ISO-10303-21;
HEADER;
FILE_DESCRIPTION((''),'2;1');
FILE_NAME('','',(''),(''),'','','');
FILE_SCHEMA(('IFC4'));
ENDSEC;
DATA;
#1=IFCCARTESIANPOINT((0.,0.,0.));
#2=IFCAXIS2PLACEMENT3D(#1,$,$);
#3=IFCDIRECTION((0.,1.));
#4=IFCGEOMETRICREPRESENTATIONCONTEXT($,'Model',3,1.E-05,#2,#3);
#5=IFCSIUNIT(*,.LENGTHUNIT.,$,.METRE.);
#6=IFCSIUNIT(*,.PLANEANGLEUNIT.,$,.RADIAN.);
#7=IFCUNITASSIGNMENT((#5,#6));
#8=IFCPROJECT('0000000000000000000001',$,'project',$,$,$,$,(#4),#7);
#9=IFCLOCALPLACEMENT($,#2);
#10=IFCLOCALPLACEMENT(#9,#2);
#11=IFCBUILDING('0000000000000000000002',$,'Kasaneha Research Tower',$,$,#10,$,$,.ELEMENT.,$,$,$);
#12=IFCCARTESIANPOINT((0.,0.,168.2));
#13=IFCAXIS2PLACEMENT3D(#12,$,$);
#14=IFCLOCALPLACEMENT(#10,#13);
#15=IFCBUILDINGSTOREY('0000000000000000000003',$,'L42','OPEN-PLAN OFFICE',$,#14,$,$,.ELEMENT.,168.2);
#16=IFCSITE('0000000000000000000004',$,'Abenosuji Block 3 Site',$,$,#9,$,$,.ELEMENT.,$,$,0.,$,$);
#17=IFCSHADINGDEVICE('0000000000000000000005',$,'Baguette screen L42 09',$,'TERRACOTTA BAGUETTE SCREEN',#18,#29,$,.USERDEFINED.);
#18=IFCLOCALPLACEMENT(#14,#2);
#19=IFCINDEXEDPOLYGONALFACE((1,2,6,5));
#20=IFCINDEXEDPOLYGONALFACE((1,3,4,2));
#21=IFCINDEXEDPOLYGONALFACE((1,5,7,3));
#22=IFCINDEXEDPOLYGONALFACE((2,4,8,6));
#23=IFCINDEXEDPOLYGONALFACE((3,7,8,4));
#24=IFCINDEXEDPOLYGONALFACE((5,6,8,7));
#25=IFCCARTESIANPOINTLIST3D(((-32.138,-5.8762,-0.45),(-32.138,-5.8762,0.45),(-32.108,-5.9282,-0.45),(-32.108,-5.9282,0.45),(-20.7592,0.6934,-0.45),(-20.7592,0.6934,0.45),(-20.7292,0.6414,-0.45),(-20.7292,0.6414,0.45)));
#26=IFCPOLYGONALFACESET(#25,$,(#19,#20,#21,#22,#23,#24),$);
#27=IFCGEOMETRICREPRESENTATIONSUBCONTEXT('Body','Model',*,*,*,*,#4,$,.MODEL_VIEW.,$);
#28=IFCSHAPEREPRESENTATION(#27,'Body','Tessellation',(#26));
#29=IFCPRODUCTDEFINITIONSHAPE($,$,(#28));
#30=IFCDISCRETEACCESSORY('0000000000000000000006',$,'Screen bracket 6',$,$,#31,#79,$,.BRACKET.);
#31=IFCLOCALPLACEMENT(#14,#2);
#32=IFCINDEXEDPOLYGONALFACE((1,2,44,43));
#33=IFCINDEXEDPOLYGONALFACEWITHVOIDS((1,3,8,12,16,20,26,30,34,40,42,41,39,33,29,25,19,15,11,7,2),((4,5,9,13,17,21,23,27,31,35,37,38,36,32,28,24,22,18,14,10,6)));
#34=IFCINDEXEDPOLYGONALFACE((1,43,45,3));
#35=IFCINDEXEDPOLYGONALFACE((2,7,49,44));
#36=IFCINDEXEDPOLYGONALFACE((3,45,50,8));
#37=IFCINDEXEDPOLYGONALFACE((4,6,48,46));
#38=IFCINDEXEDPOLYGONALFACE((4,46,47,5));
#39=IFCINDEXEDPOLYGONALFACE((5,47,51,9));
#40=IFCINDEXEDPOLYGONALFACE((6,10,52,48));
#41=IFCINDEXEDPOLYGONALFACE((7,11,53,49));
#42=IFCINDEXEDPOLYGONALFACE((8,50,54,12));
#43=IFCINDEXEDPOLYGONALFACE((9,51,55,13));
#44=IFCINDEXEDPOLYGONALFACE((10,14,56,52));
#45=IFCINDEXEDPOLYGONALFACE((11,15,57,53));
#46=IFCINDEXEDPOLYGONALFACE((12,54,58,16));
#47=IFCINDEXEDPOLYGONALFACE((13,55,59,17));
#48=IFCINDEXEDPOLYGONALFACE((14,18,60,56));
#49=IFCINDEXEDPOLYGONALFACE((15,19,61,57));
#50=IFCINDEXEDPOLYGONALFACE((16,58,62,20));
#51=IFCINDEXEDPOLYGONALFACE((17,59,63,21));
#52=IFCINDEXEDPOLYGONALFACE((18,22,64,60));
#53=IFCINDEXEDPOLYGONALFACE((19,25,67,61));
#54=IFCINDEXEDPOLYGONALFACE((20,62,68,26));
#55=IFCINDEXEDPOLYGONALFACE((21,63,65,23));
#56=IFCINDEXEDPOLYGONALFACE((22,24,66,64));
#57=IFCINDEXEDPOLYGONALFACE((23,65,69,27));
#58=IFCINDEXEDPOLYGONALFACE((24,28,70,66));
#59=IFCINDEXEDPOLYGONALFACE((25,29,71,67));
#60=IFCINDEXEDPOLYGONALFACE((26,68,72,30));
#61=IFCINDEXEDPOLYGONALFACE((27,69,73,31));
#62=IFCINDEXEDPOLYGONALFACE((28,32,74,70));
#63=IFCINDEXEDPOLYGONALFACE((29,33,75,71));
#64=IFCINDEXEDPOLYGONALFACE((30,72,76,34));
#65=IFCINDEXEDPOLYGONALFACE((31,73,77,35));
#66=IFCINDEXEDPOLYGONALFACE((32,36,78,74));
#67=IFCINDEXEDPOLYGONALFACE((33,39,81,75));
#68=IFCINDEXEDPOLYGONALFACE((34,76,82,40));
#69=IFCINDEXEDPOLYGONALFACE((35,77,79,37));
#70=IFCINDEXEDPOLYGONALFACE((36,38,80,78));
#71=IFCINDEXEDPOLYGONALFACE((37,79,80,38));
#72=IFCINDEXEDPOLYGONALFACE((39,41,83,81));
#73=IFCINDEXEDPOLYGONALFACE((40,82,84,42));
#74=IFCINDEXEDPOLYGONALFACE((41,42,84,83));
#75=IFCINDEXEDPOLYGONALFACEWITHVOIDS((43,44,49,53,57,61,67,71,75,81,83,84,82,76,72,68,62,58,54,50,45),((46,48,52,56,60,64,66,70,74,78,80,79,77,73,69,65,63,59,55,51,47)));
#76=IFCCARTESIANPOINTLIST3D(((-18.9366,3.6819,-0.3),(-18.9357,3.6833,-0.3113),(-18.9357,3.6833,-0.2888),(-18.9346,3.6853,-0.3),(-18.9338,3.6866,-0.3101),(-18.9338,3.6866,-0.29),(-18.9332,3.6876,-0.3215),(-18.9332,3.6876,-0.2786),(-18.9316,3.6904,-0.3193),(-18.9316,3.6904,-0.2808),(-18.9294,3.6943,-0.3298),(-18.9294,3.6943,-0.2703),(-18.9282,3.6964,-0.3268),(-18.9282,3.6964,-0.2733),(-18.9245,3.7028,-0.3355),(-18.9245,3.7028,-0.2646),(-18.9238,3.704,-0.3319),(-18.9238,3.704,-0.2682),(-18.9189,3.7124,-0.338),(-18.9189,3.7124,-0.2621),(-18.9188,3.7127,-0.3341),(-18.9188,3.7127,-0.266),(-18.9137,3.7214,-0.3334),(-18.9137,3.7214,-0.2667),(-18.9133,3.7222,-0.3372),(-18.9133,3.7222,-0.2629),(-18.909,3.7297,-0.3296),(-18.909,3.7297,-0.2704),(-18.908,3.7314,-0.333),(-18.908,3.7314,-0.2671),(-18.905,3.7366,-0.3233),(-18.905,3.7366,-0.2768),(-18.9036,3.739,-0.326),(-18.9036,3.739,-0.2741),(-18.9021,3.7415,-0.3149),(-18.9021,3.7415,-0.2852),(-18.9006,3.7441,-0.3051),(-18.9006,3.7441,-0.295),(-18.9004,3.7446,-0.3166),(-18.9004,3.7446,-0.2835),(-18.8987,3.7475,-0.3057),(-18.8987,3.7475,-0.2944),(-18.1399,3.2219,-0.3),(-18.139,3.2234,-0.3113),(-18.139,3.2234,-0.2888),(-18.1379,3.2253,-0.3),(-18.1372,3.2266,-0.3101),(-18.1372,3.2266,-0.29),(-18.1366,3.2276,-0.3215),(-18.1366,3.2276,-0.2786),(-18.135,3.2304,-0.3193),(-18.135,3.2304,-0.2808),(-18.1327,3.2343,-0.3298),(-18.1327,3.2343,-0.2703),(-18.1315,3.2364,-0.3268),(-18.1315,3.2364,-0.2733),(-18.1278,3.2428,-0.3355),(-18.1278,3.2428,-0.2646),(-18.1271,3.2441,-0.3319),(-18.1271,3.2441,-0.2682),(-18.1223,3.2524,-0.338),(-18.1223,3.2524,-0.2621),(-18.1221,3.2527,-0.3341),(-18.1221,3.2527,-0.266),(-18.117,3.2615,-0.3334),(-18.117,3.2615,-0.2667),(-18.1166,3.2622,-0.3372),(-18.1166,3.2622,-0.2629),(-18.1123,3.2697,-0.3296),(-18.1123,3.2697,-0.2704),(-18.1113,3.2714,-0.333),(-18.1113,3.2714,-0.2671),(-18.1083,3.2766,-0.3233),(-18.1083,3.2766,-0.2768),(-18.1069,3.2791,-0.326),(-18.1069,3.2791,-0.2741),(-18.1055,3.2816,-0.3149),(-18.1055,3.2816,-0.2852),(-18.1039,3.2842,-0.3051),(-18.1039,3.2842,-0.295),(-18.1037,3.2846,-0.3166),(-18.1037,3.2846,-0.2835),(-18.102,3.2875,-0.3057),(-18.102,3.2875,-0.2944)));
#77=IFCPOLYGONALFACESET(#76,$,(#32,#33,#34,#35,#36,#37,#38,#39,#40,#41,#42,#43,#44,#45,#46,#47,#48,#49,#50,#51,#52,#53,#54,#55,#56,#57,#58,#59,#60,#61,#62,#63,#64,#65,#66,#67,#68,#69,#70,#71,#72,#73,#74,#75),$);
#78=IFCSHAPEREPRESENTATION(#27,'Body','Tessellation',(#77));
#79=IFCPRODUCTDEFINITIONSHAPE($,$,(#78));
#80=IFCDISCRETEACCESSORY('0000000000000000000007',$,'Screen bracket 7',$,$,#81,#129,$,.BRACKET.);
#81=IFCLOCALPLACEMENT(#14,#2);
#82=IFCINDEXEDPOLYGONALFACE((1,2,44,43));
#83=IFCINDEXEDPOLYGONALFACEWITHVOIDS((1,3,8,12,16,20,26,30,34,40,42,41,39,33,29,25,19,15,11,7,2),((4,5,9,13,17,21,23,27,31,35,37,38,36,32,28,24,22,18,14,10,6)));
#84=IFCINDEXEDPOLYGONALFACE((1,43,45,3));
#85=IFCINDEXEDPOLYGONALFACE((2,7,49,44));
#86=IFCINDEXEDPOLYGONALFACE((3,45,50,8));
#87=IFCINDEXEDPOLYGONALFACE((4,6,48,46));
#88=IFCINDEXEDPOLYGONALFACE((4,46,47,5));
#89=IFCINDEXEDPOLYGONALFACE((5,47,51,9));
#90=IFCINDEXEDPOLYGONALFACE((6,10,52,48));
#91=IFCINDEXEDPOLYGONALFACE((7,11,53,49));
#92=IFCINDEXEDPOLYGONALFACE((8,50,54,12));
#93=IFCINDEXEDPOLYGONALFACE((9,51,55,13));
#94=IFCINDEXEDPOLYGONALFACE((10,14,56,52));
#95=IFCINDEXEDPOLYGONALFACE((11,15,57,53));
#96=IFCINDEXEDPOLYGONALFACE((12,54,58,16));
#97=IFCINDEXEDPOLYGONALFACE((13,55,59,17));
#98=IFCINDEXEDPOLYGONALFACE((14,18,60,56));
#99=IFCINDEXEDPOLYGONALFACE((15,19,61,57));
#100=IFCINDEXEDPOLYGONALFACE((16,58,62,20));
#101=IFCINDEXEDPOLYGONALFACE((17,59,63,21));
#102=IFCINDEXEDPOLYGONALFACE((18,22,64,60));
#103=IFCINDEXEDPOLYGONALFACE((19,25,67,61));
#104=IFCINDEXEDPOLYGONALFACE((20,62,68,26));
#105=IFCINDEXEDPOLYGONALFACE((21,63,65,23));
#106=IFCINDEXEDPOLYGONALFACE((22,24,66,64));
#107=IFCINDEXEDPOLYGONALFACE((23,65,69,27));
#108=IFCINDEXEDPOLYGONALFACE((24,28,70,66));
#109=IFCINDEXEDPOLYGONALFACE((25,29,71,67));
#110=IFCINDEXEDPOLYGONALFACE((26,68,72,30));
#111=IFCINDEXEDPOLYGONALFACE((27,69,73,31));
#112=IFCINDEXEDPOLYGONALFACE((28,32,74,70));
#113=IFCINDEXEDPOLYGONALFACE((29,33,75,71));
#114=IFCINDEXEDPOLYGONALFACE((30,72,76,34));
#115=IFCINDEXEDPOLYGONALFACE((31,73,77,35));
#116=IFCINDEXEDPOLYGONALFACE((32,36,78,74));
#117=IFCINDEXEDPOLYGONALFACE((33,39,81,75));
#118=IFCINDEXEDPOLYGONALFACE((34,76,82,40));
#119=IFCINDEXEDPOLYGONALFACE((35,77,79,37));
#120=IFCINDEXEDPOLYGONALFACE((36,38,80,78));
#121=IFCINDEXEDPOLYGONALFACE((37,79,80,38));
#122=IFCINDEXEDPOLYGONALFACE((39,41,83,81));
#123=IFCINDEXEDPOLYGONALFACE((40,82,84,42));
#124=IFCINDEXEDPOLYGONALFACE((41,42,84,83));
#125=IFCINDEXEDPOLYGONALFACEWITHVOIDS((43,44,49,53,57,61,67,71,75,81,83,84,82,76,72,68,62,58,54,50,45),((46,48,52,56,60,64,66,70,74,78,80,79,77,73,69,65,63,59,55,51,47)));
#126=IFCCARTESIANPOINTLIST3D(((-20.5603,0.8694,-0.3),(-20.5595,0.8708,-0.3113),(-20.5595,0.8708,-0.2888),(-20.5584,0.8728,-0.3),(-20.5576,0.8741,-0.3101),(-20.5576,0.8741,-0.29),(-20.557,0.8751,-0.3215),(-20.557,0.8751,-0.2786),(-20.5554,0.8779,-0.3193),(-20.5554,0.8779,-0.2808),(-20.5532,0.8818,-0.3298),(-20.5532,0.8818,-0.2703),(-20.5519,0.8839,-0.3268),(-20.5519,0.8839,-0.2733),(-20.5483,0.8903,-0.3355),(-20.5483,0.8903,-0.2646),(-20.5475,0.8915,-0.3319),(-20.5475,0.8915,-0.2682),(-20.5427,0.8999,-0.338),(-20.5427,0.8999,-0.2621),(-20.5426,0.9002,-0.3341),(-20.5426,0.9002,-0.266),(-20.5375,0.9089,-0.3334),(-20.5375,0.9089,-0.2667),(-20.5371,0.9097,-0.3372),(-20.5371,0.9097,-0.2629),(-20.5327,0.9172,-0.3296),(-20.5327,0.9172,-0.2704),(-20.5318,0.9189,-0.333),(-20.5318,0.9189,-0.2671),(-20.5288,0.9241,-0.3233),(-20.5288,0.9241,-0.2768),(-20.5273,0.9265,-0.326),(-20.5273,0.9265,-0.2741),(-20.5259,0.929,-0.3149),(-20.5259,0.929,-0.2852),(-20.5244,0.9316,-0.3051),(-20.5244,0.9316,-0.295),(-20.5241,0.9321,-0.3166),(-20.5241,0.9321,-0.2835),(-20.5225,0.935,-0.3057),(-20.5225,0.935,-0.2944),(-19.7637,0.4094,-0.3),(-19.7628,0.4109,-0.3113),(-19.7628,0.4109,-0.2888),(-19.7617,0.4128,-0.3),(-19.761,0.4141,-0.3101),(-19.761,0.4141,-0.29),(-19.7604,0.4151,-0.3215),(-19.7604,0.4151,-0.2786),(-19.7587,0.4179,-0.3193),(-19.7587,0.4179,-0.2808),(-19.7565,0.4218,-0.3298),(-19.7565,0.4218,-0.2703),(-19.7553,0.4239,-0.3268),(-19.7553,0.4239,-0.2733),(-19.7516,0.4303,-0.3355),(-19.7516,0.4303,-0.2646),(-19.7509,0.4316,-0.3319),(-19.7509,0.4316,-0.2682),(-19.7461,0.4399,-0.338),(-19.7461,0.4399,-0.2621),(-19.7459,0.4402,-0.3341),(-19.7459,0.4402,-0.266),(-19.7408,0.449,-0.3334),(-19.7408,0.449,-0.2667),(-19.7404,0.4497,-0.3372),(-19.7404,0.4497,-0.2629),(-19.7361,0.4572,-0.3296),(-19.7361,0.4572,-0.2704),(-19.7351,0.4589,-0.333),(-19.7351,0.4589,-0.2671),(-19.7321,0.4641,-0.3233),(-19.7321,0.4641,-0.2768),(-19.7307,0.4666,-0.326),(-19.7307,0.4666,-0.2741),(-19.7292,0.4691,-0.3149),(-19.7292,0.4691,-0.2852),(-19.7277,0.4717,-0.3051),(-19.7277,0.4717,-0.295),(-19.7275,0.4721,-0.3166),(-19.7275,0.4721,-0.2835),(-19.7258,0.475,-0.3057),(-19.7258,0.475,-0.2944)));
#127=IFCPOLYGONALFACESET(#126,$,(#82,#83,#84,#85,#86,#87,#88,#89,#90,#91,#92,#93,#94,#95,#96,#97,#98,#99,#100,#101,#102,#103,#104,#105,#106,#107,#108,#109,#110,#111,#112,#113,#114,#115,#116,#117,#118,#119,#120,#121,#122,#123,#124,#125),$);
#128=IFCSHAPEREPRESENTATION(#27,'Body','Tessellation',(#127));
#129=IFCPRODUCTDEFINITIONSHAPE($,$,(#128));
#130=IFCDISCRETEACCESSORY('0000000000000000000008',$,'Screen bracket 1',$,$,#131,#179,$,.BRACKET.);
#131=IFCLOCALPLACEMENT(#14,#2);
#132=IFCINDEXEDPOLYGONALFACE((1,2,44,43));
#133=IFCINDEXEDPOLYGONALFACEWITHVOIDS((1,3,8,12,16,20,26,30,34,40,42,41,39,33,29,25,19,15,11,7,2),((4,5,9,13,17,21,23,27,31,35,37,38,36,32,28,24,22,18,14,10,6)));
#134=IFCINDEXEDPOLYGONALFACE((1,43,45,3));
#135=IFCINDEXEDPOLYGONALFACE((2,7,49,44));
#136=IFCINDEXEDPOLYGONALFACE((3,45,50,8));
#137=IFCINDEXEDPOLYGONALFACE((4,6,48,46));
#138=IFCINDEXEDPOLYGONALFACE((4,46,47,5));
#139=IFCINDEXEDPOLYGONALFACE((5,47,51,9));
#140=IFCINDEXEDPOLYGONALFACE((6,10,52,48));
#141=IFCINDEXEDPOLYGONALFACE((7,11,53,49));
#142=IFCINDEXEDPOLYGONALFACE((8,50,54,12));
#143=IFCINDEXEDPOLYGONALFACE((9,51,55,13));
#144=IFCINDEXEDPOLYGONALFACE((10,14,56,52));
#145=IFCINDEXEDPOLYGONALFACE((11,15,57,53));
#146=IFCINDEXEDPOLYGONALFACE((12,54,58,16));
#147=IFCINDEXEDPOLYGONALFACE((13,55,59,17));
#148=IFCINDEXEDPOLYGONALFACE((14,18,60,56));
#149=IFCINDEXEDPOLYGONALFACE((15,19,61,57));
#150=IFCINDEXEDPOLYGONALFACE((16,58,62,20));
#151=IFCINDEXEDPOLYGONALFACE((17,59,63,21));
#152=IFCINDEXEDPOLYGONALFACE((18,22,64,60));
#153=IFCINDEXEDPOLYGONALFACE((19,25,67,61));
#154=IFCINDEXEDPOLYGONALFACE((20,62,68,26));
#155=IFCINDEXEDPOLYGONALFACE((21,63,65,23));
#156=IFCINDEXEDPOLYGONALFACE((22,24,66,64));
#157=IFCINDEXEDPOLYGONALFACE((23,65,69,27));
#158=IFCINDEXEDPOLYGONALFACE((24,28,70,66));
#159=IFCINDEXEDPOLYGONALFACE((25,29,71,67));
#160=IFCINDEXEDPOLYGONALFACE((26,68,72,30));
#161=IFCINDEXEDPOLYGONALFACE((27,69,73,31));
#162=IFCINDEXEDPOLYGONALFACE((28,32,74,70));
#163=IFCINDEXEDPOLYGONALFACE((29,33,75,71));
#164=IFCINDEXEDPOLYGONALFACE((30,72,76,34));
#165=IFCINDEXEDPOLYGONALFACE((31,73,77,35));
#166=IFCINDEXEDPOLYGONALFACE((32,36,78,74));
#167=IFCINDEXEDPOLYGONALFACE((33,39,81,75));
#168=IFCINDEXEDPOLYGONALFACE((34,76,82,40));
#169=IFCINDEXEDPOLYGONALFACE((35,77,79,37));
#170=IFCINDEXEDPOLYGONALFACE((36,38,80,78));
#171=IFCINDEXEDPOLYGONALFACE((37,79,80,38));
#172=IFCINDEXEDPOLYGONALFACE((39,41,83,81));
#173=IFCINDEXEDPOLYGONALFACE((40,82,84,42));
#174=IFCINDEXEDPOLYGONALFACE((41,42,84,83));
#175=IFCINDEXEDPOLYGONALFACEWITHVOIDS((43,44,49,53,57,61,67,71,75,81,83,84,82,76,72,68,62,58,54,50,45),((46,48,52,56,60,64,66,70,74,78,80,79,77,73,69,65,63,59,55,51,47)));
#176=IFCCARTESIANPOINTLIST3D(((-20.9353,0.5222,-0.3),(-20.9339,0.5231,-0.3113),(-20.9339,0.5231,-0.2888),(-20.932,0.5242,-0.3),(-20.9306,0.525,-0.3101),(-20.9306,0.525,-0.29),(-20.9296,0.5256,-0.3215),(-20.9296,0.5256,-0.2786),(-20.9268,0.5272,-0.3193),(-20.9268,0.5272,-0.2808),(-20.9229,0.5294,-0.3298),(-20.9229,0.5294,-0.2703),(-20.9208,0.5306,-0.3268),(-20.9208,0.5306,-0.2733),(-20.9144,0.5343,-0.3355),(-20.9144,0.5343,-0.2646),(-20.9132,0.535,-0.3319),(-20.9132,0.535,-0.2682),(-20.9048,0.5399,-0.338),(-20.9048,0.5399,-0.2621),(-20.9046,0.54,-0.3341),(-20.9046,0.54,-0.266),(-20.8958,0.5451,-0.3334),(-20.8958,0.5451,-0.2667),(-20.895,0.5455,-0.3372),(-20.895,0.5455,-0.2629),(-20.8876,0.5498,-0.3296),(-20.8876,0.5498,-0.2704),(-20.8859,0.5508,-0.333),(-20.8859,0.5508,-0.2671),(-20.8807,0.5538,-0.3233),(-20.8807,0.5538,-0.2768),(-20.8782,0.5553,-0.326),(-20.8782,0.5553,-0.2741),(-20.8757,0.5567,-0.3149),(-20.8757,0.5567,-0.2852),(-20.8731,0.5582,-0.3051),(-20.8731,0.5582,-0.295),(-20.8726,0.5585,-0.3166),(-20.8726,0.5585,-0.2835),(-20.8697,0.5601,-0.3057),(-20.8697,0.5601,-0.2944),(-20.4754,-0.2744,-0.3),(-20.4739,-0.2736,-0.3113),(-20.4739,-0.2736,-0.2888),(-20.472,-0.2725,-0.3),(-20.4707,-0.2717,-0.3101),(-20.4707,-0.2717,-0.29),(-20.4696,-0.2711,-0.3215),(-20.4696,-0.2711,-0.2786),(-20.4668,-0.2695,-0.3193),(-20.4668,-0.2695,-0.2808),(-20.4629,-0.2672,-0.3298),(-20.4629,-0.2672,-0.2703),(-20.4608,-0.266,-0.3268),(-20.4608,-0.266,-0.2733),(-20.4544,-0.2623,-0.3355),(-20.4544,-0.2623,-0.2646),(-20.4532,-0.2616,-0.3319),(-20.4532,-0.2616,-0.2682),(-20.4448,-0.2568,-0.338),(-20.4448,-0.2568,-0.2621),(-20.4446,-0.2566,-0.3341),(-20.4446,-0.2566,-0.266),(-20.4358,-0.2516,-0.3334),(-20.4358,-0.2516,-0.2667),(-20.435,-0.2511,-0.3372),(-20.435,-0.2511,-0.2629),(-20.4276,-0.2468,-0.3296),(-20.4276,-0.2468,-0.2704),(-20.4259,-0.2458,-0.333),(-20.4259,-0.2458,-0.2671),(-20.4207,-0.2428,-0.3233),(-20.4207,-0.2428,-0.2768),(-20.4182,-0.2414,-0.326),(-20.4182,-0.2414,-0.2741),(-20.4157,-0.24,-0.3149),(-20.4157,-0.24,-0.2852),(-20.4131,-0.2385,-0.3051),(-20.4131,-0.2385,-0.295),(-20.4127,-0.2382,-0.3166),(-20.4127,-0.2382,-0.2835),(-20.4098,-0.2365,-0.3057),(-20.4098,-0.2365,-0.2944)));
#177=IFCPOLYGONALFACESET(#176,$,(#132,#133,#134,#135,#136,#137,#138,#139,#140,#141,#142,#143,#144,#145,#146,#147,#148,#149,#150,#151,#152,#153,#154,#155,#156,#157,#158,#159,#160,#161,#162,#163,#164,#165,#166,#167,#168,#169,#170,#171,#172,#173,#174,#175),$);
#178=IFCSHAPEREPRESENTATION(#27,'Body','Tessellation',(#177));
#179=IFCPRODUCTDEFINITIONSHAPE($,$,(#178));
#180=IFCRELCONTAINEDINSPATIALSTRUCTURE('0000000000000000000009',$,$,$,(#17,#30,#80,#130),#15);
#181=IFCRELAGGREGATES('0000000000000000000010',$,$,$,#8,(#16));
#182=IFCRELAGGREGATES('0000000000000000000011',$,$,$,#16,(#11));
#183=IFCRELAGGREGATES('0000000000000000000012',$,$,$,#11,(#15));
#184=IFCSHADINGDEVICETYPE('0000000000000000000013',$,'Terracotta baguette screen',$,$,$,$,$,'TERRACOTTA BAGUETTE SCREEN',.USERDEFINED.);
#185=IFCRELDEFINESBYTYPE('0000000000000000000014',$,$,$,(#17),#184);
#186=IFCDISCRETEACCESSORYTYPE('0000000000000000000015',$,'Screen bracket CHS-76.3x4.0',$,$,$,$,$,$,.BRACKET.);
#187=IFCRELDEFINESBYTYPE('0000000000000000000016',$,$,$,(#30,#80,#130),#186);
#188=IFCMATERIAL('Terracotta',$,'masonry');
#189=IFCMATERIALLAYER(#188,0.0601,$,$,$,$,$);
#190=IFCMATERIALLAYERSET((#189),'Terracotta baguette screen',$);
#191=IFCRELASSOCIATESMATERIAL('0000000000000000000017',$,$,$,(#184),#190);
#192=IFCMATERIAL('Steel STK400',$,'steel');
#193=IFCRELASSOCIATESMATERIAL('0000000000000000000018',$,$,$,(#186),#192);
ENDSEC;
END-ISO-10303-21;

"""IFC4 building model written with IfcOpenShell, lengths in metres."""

from ifc_helpers import new_model, si_unit, direction, frame, origin, origin_2d, place, context, subcontext, project, spatial, rectangle, hollow_circle, extrude, material, layer, layer_set, material_profile, profile_set, type_object, element, save


model = new_model("IFC4")

# Units and contexts
model_context = context("Model", 3, precision=1e-05, world=origin(), true_north=direction((0.0, 1.0)))
body_context = subcontext(model_context, "Body", "Model", "MODEL_VIEW")
ifc_project = project(units=[si_unit("LENGTHUNIT", "METRE"), si_unit("PLANEANGLEUNIT", "RADIAN")], contexts=[model_context])

# Site, building, storey
site_placement = place(None, origin())
site = spatial("IfcSite", under=ifc_project, at=site_placement, Name="Abenosuji Block 3 Site", CompositionType="ELEMENT", RefElevation=0.0)
building_placement = place(site_placement, origin())
building = spatial("IfcBuilding", under=site, at=building_placement, Name="Kasaneha Research Tower", CompositionType="ELEMENT")
storey_placement = place(building_placement, frame((0.0, 0.0, 168.2)))
storey = spatial("IfcBuildingStorey", under=building, at=storey_placement, Name="L42", Description="OPEN-PLAN OFFICE", CompositionType="ELEMENT", Elevation=168.2)

# Shading device
ifc_material_1 = material(Name="Terracotta", Category="masonry")
ifc_layer_1 = layer(ifc_material_1, 0.0601)
ifc_layer_set_1 = layer_set([ifc_layer_1], Name="Terracotta baguette screen")
shading_device_type = type_object("IfcShadingDeviceType", Name="Terracotta baguette screen", ElementType="TERRACOTTA BAGUETTE SCREEN", PredefinedType="USERDEFINED", material=ifc_layer_set_1)
shading_device_placement = place(storey_placement, frame((-26.4336, -2.6174, -0.45), z_axis=(0.0, 0.0, 1.0), x_axis=(-0.866025, -0.5, 0.0)))
element("IfcShadingDevice", 1, at=shading_device_placement, inside=storey, type_object=shading_device_type, Name="Baguette screen L42 09", ObjectType="TERRACOTTA BAGUETTE SCREEN", PredefinedType="USERDEFINED", context=body_context, shape_type="SweptSolid", body=[
    extrude(rectangle(XDim=13.1392, YDim=0.0601, at=origin_2d()), origin(), (0.0, 0.0, 1.0), 0.8999),
])

# Discrete accessories
ifc_material_2 = material(Name="Steel STK400", Category="steel")
ifc_material_profile_1 = material_profile(ifc_material_2, hollow_circle(Radius=0.0381, WallThickness=0.0039, at=origin_2d()), Name="CHS-76.3x4.0")
ifc_profile_set_1 = profile_set([ifc_material_profile_1], Name="Steel STK400")
discrete_accessory_type = type_object("IfcDiscreteAccessoryType", Name="Screen bracket CHS-76.3x4.0", PredefinedType="BRACKET", material=ifc_profile_set_1)
for number, where, z_axis, x_axis, name in (
    (2, (-18.1208, 3.2549, -0.3), (-0.866013, 0.500021, 0.0), (-0.500021, -0.866013, 0.0), "Screen bracket 6"),
    (3, (-19.7446, 0.4424, -0.3), (-0.866013, 0.500021, 0.0), (-0.500021, -0.866013, 0.0), "Screen bracket 7"),
    (4, (-20.4424, -0.2554, -0.3), (-0.500021, 0.866013, 0.0), (-0.866013, -0.500021, 0.0), "Screen bracket 1"),
):
    element("IfcDiscreteAccessory", number, at=place(storey_placement, frame(where, z_axis=z_axis, x_axis=x_axis)), inside=storey, type_object=discrete_accessory_type, Name=name, PredefinedType="BRACKET", context=body_context, shape_type="SweptSolid", body=[
        extrude(hollow_circle(Radius=0.0381, WallThickness=0.0039, at=origin_2d()), origin(), (0.0, 0.0, 1.0), 0.9199),
    ])

save(model, "model.ifc")
